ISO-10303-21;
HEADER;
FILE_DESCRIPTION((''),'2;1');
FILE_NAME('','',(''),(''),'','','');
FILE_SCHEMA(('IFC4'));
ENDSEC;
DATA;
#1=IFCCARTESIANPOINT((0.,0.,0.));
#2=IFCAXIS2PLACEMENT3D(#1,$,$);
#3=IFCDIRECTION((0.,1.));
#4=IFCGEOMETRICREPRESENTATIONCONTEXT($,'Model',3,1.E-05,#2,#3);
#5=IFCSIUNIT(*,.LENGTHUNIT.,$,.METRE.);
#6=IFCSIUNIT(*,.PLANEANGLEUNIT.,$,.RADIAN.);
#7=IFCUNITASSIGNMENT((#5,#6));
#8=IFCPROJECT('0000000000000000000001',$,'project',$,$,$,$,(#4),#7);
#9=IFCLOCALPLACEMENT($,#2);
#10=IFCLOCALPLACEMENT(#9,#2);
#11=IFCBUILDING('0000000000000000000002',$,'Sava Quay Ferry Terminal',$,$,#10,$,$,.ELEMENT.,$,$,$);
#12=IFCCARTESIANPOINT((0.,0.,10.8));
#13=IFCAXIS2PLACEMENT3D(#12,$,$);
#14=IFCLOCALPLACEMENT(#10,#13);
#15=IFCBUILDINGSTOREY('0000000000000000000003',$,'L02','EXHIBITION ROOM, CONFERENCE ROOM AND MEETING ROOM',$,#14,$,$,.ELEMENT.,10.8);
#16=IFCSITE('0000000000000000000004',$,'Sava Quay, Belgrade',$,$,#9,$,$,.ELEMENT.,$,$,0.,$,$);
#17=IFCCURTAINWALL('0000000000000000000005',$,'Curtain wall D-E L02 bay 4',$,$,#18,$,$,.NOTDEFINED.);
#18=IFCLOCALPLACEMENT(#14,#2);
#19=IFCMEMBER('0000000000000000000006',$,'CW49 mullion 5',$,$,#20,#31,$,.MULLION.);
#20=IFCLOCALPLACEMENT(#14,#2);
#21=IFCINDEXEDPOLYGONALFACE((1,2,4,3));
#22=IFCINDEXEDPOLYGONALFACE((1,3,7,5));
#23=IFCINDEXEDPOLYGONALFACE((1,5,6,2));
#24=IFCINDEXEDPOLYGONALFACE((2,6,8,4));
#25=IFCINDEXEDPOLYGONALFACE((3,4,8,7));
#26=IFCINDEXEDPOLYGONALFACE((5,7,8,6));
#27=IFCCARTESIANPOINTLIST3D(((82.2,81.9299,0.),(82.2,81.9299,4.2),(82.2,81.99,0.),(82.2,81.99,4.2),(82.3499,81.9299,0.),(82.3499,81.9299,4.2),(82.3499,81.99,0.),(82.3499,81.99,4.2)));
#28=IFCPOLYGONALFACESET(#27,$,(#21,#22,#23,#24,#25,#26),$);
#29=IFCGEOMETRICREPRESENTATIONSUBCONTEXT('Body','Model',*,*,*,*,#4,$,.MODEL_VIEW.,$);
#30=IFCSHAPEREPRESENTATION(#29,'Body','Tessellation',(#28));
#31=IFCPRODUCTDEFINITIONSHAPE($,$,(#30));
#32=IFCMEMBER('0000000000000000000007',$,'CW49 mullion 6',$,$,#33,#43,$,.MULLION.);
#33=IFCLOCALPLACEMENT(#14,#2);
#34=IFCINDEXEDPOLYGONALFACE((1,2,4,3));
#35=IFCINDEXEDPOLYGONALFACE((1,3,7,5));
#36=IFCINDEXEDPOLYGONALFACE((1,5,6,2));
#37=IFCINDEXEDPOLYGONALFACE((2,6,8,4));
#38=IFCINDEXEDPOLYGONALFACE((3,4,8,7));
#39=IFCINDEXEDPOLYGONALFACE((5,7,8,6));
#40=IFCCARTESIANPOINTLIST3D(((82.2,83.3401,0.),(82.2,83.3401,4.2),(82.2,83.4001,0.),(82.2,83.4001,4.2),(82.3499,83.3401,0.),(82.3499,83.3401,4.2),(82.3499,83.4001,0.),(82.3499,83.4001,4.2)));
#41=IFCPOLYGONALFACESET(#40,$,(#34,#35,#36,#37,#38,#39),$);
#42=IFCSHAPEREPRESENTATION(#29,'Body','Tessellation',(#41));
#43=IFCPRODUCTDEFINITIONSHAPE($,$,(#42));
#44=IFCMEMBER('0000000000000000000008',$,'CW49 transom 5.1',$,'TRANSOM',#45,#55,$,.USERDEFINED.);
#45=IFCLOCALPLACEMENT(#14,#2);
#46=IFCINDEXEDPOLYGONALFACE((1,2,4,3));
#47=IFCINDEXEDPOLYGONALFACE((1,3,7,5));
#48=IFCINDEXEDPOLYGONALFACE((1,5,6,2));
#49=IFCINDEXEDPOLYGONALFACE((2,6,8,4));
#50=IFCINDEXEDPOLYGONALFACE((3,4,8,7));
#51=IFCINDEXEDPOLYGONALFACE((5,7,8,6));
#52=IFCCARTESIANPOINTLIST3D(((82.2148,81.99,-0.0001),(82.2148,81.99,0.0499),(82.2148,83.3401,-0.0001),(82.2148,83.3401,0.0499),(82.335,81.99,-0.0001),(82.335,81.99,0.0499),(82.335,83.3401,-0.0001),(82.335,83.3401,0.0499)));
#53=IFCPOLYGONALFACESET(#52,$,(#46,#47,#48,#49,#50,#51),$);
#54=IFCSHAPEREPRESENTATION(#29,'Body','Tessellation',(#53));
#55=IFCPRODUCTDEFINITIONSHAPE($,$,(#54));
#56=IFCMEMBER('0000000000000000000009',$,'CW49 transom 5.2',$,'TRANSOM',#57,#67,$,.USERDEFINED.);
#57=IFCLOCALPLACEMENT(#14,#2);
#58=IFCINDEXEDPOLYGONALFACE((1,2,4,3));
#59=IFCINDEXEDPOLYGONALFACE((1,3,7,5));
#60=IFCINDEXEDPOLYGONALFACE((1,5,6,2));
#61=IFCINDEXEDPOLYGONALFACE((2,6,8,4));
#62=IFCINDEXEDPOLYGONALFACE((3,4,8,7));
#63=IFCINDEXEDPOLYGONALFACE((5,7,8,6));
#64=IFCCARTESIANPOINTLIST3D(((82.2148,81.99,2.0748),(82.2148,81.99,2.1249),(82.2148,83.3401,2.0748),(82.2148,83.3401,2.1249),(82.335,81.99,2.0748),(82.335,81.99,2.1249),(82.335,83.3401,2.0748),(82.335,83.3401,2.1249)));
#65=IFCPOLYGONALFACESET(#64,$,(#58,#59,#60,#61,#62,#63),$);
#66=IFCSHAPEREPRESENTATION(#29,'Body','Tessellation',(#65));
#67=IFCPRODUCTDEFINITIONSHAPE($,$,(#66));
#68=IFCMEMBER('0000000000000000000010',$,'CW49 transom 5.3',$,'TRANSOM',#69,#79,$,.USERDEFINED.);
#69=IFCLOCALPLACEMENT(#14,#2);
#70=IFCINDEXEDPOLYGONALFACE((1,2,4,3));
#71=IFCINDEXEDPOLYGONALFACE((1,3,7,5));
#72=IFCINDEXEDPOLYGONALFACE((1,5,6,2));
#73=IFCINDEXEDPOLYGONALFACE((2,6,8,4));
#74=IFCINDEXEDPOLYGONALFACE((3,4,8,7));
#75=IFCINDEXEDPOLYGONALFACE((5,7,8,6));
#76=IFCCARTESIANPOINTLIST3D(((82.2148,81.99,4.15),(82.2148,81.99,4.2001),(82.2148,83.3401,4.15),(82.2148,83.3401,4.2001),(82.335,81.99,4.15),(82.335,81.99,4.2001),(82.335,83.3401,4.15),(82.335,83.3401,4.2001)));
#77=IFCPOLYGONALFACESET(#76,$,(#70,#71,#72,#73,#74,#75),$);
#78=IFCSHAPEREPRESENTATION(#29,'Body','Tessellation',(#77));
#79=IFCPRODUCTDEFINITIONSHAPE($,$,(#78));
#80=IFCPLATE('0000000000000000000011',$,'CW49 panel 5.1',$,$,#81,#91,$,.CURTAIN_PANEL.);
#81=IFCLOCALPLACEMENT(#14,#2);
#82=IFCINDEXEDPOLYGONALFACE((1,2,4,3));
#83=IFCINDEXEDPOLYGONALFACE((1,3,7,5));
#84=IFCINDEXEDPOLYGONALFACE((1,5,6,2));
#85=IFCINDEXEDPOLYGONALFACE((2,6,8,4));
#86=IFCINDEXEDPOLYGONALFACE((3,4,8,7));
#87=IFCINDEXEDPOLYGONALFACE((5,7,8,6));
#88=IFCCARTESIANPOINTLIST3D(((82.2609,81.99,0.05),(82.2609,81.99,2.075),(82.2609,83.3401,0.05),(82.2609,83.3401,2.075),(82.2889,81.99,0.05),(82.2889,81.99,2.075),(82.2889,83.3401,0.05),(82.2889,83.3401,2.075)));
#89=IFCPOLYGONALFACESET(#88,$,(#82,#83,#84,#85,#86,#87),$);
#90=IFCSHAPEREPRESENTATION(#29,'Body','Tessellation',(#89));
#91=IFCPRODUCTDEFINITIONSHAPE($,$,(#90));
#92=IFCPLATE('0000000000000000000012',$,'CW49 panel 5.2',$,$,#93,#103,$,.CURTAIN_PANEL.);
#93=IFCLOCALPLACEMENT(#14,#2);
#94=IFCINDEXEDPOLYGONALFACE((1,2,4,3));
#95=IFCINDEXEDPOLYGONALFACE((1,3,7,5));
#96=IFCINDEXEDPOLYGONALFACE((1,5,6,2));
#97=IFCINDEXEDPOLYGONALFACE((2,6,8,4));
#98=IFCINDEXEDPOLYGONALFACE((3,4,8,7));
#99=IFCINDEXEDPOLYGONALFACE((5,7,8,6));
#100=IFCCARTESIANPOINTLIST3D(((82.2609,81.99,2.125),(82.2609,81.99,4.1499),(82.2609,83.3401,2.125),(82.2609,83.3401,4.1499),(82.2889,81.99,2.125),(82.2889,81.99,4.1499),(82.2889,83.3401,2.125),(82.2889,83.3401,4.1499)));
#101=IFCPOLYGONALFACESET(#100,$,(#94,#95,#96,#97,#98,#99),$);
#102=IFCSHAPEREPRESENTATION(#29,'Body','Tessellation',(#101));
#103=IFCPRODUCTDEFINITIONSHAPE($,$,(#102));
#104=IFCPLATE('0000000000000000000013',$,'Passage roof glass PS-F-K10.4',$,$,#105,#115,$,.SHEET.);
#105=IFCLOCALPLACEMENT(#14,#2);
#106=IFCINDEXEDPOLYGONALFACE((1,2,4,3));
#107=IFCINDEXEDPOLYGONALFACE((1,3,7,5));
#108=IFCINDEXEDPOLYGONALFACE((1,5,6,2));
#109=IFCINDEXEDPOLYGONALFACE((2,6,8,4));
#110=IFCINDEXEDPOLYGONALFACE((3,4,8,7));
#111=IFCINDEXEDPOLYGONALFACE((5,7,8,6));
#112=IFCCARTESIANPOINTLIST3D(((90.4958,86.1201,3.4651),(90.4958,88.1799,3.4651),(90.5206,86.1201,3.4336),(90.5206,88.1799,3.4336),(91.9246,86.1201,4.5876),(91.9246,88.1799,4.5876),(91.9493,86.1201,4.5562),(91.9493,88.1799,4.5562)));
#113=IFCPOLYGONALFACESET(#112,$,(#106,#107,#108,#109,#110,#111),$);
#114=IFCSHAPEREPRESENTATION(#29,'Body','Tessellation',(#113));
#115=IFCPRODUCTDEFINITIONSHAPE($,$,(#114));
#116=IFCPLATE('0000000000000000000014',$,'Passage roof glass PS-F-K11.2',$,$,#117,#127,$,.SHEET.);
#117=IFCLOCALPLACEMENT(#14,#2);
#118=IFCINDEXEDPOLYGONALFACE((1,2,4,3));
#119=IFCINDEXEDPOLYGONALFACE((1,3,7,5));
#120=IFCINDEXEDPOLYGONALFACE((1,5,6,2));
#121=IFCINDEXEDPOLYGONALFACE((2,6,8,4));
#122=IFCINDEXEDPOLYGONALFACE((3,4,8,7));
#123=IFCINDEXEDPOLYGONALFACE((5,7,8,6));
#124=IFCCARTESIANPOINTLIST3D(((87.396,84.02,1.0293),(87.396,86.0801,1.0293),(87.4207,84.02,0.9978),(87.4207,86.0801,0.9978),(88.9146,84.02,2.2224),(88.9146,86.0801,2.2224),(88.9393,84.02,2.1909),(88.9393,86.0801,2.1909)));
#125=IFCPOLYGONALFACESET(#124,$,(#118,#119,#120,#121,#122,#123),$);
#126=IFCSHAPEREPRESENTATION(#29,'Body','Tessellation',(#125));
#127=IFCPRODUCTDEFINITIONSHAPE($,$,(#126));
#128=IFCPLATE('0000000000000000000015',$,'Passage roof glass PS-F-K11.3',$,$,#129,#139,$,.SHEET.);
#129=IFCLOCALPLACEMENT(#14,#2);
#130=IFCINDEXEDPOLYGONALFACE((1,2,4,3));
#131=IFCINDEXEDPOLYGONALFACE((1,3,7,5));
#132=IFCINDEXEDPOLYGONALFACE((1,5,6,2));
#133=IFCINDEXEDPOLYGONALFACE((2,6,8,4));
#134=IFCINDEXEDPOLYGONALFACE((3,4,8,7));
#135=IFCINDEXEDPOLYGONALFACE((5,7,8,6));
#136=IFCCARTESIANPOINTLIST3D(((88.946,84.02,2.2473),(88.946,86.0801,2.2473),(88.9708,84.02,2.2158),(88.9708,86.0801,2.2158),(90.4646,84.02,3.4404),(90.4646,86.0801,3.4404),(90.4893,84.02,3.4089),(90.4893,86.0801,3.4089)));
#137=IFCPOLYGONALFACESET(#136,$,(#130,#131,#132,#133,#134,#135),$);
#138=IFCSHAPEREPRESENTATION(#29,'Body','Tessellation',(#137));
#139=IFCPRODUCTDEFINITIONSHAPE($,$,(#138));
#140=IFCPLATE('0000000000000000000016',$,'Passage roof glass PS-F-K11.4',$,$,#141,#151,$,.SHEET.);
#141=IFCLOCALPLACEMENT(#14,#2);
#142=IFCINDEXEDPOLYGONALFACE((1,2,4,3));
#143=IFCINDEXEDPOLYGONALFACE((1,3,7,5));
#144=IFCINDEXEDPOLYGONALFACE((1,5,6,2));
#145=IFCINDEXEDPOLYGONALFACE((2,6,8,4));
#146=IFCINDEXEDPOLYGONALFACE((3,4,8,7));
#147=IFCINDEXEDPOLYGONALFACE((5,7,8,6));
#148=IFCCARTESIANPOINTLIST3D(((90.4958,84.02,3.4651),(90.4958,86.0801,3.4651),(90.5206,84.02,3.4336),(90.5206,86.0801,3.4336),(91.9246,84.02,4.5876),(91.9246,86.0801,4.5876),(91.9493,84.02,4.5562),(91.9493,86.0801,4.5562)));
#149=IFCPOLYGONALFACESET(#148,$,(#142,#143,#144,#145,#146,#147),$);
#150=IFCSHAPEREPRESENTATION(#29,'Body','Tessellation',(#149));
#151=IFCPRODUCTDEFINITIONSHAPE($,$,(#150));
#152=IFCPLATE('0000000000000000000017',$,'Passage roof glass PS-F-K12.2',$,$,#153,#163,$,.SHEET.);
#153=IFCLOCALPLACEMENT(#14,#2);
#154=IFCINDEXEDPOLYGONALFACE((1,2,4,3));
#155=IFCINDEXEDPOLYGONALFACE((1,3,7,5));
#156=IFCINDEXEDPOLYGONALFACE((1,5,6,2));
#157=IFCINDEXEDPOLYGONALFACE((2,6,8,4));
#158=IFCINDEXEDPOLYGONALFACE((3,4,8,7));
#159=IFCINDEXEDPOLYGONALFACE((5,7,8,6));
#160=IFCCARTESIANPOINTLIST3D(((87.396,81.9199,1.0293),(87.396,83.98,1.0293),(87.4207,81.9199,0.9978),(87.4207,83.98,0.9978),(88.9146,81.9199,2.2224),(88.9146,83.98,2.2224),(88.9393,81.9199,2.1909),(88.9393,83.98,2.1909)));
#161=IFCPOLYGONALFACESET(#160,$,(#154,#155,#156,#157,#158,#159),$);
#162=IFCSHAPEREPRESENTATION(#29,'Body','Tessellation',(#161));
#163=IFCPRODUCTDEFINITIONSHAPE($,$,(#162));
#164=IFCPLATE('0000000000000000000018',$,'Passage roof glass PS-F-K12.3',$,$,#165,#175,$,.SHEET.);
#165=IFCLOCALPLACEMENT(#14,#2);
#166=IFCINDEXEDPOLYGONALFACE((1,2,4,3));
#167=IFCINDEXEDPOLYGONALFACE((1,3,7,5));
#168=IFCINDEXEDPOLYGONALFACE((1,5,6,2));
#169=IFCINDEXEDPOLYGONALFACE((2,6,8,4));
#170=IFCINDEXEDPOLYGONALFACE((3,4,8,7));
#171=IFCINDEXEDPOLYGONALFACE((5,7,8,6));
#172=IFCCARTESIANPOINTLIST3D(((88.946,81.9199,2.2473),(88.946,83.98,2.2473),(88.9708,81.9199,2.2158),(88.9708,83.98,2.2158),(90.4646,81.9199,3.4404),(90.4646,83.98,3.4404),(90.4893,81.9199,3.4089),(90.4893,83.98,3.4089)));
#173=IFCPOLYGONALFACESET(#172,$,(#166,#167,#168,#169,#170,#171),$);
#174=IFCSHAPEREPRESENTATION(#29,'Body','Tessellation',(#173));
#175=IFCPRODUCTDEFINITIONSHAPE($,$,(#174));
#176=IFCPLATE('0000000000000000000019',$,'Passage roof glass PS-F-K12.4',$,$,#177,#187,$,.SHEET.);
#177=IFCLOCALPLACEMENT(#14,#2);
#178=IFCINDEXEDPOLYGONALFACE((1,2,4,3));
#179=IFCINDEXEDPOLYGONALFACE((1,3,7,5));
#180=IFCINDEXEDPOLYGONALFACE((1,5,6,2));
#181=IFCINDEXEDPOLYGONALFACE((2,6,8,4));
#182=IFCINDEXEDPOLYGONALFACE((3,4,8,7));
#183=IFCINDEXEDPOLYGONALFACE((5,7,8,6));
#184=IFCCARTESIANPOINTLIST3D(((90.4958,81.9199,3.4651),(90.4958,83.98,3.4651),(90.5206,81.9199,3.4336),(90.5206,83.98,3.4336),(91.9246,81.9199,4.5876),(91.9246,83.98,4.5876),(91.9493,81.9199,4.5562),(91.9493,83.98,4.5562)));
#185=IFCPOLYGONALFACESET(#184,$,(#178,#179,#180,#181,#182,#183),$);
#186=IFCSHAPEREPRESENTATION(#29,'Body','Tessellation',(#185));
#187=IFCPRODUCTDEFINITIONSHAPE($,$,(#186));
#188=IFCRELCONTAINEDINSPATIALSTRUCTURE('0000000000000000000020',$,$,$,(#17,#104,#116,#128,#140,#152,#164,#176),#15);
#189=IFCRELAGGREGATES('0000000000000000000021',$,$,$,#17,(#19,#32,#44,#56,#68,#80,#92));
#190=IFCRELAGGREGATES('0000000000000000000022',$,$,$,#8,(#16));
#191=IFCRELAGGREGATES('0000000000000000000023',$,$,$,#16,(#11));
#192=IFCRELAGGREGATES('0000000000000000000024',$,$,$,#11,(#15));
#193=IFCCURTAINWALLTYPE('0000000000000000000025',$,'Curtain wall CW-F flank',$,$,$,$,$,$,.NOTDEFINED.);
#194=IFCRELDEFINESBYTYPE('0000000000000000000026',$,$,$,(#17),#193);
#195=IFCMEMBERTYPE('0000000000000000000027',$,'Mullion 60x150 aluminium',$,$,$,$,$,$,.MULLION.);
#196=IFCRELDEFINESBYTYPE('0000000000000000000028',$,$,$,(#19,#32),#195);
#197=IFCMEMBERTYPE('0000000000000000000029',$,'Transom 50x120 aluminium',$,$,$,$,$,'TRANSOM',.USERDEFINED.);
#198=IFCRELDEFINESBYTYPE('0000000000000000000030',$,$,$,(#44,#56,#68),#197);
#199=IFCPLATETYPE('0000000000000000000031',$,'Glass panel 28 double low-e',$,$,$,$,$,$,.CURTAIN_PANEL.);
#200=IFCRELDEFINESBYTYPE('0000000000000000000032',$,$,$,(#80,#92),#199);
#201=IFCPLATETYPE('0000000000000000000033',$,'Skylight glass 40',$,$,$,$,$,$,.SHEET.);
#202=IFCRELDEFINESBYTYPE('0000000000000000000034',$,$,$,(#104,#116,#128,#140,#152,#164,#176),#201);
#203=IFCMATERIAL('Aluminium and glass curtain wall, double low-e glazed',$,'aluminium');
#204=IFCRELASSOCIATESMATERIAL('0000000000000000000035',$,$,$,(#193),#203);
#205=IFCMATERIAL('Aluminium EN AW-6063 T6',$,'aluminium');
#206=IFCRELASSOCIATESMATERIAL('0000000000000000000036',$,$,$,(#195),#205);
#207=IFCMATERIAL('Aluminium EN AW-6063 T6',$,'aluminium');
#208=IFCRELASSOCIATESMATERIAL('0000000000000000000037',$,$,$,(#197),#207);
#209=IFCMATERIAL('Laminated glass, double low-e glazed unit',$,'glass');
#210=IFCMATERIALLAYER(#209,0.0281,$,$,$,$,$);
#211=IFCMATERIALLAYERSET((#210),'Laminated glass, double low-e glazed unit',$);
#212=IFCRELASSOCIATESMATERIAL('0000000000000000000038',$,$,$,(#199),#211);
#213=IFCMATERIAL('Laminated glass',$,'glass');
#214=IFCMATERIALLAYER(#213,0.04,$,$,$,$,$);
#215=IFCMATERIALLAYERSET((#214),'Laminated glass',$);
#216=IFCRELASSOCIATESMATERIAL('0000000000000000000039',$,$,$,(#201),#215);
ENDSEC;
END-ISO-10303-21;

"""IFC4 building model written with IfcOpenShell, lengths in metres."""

from ifc_helpers import new_model, si_unit, direction, frame, origin, origin_2d, place, context, subcontext, project, spatial, polyline, rectangle, outline, extrude, material, layer, layer_set, material_profile, profile_set, type_object, element, aggregate, save


model = new_model("IFC4")

# Units and contexts
model_context = context("Model", 3, precision=1e-05, world=origin(), true_north=direction((0.0, 1.0)))
body_context = subcontext(model_context, "Body", "Model", "MODEL_VIEW")
ifc_project = project(units=[si_unit("LENGTHUNIT", "METRE"), si_unit("PLANEANGLEUNIT", "RADIAN")], contexts=[model_context])

# Site, building, storey
site_placement = place(None, origin())
site = spatial("IfcSite", under=ifc_project, at=site_placement, Name="Sava Quay, Belgrade", CompositionType="ELEMENT", RefElevation=0.0)
building_placement = place(site_placement, origin())
building = spatial("IfcBuilding", under=site, at=building_placement, Name="Sava Quay Ferry Terminal", CompositionType="ELEMENT")
storey_placement = place(building_placement, frame((0.0, 0.0, 10.8)))
storey = spatial("IfcBuildingStorey", under=building, at=storey_placement, Name="L02", Description="EXHIBITION ROOM, CONFERENCE ROOM AND MEETING ROOM", CompositionType="ELEMENT", Elevation=10.8)

# Curtain wall, members, plates
ifc_material_1 = material(Name="Aluminium and glass curtain wall, double low-e glazed", Category="aluminium")
curtain_wall_type = type_object("IfcCurtainWallType", Name="Curtain wall CW-F flank", PredefinedType="NOTDEFINED", material=ifc_material_1)
curtain_wall_placement = place(storey_placement, origin())
curtain_wall = element("IfcCurtainWall", 1, at=curtain_wall_placement, inside=storey, type_object=curtain_wall_type, Name="Curtain wall D-E L02 bay 4", PredefinedType="NOTDEFINED")
ifc_material_2 = material(Name="Aluminium EN AW-6063 T6", Category="aluminium")
ifc_material_profile_1 = material_profile(ifc_material_2, rectangle(XDim=0.1499, YDim=0.0601, at=origin_2d()), Name="Mullion 60x150 aluminium")
ifc_profile_set_1 = profile_set([ifc_material_profile_1], Name="Aluminium EN AW-6063 T6")
member_type_1 = type_object("IfcMemberType", Name="Mullion 60x150 aluminium", PredefinedType="MULLION", material=ifc_profile_set_1)
member_1_placement = place(storey_placement, frame((82.2749, 81.96, 0.0), z_axis=(0.0, 0.0, 1.0), x_axis=(-1.0, 0.0, 0.0)))
member_1 = element("IfcMember", 2, at=member_1_placement, type_object=member_type_1, Name="CW49 mullion 5", PredefinedType="MULLION", context=body_context, shape_type="SweptSolid", body=[
    extrude(rectangle(XDim=0.1499, YDim=0.0601, at=origin_2d()), origin(), (0.0, 0.0, 1.0), 4.2),
])
member_2_placement = place(storey_placement, frame((82.2749, 83.3701, 0.0), z_axis=(0.0, 0.0, 1.0), x_axis=(-1.0, 0.0, 0.0)))
member_2 = element("IfcMember", 3, at=member_2_placement, type_object=member_type_1, Name="CW49 mullion 6", PredefinedType="MULLION", context=body_context, shape_type="SweptSolid", body=[
    extrude(rectangle(XDim=0.1499, YDim=0.0601, at=origin_2d()), origin(), (0.0, 0.0, 1.0), 4.2),
])
ifc_material_3 = material(Name="Aluminium EN AW-6063 T6", Category="aluminium")
ifc_material_profile_2 = material_profile(ifc_material_3, rectangle(XDim=0.1201, YDim=0.05, at=origin_2d()), Name="Transom 50x120 aluminium")
ifc_profile_set_2 = profile_set([ifc_material_profile_2], Name="Aluminium EN AW-6063 T6")
member_type_2 = type_object("IfcMemberType", Name="Transom 50x120 aluminium", ElementType="TRANSOM", PredefinedType="USERDEFINED", material=ifc_profile_set_2)
member_3_placement = place(storey_placement, frame((82.2749, 81.99, 0.0249), z_axis=(0.0, 1.0, 0.0), x_axis=(-1.0, 0.0, 0.0)))
member_3 = element("IfcMember", 4, at=member_3_placement, type_object=member_type_2, Name="CW49 transom 5.1", ObjectType="TRANSOM", PredefinedType="USERDEFINED", context=body_context, shape_type="SweptSolid", body=[
    extrude(rectangle(XDim=0.1201, YDim=0.05, at=origin_2d()), origin(), (0.0, 0.0, 1.0), 1.3501),
])
member_4_placement = place(storey_placement, frame((82.2749, 81.99, 2.0999), z_axis=(0.0, 1.0, 0.0), x_axis=(-1.0, 0.0, 0.0)))
member_4 = element("IfcMember", 5, at=member_4_placement, type_object=member_type_2, Name="CW49 transom 5.2", ObjectType="TRANSOM", PredefinedType="USERDEFINED", context=body_context, shape_type="SweptSolid", body=[
    extrude(rectangle(XDim=0.1201, YDim=0.05, at=origin_2d()), origin(), (0.0, 0.0, 1.0), 1.3501),
])
member_5_placement = place(storey_placement, frame((82.2749, 81.99, 4.175), z_axis=(0.0, 1.0, 0.0), x_axis=(-1.0, 0.0, 0.0)))
member_5 = element("IfcMember", 6, at=member_5_placement, type_object=member_type_2, Name="CW49 transom 5.3", ObjectType="TRANSOM", PredefinedType="USERDEFINED", context=body_context, shape_type="SweptSolid", body=[
    extrude(rectangle(XDim=0.1201, YDim=0.05, at=origin_2d()), origin(), (0.0, 0.0, 1.0), 1.3501),
])
ifc_material_4 = material(Name="Laminated glass, double low-e glazed unit", Category="glass")
ifc_layer_1 = layer(ifc_material_4, 0.0281)
ifc_layer_set_1 = layer_set([ifc_layer_1], Name="Laminated glass, double low-e glazed unit")
plate_type_1 = type_object("IfcPlateType", Name="Glass panel 28 double low-e", PredefinedType="CURTAIN_PANEL", material=ifc_layer_set_1)
plate_1_placement = place(storey_placement, frame((82.2749, 82.665, 0.05), z_axis=(0.0, 0.0, 1.0), x_axis=(0.0, 1.0, 0.0)))
plate_1 = element("IfcPlate", 7, at=plate_1_placement, type_object=plate_type_1, Name="CW49 panel 5.1", PredefinedType="CURTAIN_PANEL", context=body_context, shape_type="SweptSolid", body=[
    extrude(rectangle(XDim=1.3501, YDim=0.0281, at=origin_2d()), origin(), (0.0, 0.0, 1.0), 2.0249),
])
plate_2_placement = place(storey_placement, frame((82.2749, 82.665, 2.125), z_axis=(0.0, 0.0, 1.0), x_axis=(0.0, 1.0, 0.0)))
plate_2 = element("IfcPlate", 8, at=plate_2_placement, type_object=plate_type_1, Name="CW49 panel 5.2", PredefinedType="CURTAIN_PANEL", context=body_context, shape_type="SweptSolid", body=[
    extrude(rectangle(XDim=1.3501, YDim=0.0281, at=origin_2d()), origin(), (0.0, 0.0, 1.0), 2.0249),
])
aggregate(curtain_wall, [member_1, member_2, member_3, member_4, member_5, plate_1, plate_2])

# Plates
ifc_material_5 = material(Name="Laminated glass", Category="glass")
ifc_layer_2 = layer(ifc_material_5, 0.04)
ifc_layer_set_2 = layer_set([ifc_layer_2], Name="Laminated glass")
plate_type_2 = type_object("IfcPlateType", Name="Skylight glass 40", PredefinedType="SHEET", material=ifc_layer_set_2)
plate_3_placement = place(storey_placement, frame((90.4958, 86.1201, 3.4651), z_axis=(-0.617822, 0.0, 0.786318), x_axis=(0.0, 1.0, 0.0)))
element("IfcPlate", 9, at=plate_3_placement, inside=storey, type_object=plate_type_2, Name="Passage roof glass PS-F-K10.4", PredefinedType="SHEET", context=body_context, shape_type="SweptSolid", body=[
    extrude(outline(polyline([(0.0, 0.0), (2.0598, 0.0), (2.0598, -1.817), (0.0, -1.817), (0.0, 0.0)])), origin(), (0.0, 0.0, -1.0), 0.04),
])
for number, where, z_axis, x_axis, name in (
    (10, (87.396, 86.0801, 1.0293), (-0.61781, 0.0, 0.786327), (0.786327, 0.0, 0.61781), "Passage roof glass PS-F-K11.2"),
    (11, (88.946, 86.0801, 2.2473), (-0.61781, 0.0, 0.786327), (0.786327, 0.0, 0.61781), "Passage roof glass PS-F-K11.3"),
):
    element("IfcPlate", number, at=place(storey_placement, frame(where, z_axis=z_axis, x_axis=x_axis)), inside=storey, type_object=plate_type_2, Name=name, PredefinedType="SHEET", context=body_context, shape_type="SweptSolid", body=[
        extrude(outline(polyline([(0.0, 0.0), (1.9312, 0.0), (1.9312, -2.0601), (0.0, -2.0601), (0.0, 0.0)])), origin(), (0.0, 0.0, -1.0), 0.04),
    ])
plate_4_placement = place(storey_placement, frame((90.4958, 84.02, 3.4651), z_axis=(-0.617822, 0.0, 0.786318), x_axis=(0.0, 1.0, 0.0)))
element("IfcPlate", 12, at=plate_4_placement, inside=storey, type_object=plate_type_2, Name="Passage roof glass PS-F-K11.4", PredefinedType="SHEET", context=body_context, shape_type="SweptSolid", body=[
    extrude(outline(polyline([(0.0, 0.0), (2.0601, 0.0), (2.0601, -1.817), (0.0, -1.817), (0.0, 0.0)])), origin(), (0.0, 0.0, -1.0), 0.04),
])
for number, where, z_axis, x_axis, name in (
    (13, (87.396, 83.98, 1.0293), (-0.61781, 0.0, 0.786327), (0.786327, 0.0, 0.61781), "Passage roof glass PS-F-K12.2"),
    (14, (88.946, 83.98, 2.2473), (-0.61781, 0.0, 0.786327), (0.786327, 0.0, 0.61781), "Passage roof glass PS-F-K12.3"),
):
    element("IfcPlate", number, at=place(storey_placement, frame(where, z_axis=z_axis, x_axis=x_axis)), inside=storey, type_object=plate_type_2, Name=name, PredefinedType="SHEET", context=body_context, shape_type="SweptSolid", body=[
        extrude(outline(polyline([(0.0, 0.0), (1.9312, 0.0), (1.9312, -2.0601), (0.0, -2.0601), (0.0, 0.0)])), origin(), (0.0, 0.0, -1.0), 0.04),
    ])
plate_5_placement = place(storey_placement, frame((90.4958, 81.9199, 3.4651), z_axis=(-0.617822, 0.0, 0.786318), x_axis=(0.0, 1.0, 0.0)))
element("IfcPlate", 15, at=plate_5_placement, inside=storey, type_object=plate_type_2, Name="Passage roof glass PS-F-K12.4", PredefinedType="SHEET", context=body_context, shape_type="SweptSolid", body=[
    extrude(outline(polyline([(0.0, 0.0), (2.0601, 0.0), (2.0601, -1.817), (0.0, -1.817), (0.0, 0.0)])), origin(), (0.0, 0.0, -1.0), 0.04),
])

save(model, "model.ifc")
